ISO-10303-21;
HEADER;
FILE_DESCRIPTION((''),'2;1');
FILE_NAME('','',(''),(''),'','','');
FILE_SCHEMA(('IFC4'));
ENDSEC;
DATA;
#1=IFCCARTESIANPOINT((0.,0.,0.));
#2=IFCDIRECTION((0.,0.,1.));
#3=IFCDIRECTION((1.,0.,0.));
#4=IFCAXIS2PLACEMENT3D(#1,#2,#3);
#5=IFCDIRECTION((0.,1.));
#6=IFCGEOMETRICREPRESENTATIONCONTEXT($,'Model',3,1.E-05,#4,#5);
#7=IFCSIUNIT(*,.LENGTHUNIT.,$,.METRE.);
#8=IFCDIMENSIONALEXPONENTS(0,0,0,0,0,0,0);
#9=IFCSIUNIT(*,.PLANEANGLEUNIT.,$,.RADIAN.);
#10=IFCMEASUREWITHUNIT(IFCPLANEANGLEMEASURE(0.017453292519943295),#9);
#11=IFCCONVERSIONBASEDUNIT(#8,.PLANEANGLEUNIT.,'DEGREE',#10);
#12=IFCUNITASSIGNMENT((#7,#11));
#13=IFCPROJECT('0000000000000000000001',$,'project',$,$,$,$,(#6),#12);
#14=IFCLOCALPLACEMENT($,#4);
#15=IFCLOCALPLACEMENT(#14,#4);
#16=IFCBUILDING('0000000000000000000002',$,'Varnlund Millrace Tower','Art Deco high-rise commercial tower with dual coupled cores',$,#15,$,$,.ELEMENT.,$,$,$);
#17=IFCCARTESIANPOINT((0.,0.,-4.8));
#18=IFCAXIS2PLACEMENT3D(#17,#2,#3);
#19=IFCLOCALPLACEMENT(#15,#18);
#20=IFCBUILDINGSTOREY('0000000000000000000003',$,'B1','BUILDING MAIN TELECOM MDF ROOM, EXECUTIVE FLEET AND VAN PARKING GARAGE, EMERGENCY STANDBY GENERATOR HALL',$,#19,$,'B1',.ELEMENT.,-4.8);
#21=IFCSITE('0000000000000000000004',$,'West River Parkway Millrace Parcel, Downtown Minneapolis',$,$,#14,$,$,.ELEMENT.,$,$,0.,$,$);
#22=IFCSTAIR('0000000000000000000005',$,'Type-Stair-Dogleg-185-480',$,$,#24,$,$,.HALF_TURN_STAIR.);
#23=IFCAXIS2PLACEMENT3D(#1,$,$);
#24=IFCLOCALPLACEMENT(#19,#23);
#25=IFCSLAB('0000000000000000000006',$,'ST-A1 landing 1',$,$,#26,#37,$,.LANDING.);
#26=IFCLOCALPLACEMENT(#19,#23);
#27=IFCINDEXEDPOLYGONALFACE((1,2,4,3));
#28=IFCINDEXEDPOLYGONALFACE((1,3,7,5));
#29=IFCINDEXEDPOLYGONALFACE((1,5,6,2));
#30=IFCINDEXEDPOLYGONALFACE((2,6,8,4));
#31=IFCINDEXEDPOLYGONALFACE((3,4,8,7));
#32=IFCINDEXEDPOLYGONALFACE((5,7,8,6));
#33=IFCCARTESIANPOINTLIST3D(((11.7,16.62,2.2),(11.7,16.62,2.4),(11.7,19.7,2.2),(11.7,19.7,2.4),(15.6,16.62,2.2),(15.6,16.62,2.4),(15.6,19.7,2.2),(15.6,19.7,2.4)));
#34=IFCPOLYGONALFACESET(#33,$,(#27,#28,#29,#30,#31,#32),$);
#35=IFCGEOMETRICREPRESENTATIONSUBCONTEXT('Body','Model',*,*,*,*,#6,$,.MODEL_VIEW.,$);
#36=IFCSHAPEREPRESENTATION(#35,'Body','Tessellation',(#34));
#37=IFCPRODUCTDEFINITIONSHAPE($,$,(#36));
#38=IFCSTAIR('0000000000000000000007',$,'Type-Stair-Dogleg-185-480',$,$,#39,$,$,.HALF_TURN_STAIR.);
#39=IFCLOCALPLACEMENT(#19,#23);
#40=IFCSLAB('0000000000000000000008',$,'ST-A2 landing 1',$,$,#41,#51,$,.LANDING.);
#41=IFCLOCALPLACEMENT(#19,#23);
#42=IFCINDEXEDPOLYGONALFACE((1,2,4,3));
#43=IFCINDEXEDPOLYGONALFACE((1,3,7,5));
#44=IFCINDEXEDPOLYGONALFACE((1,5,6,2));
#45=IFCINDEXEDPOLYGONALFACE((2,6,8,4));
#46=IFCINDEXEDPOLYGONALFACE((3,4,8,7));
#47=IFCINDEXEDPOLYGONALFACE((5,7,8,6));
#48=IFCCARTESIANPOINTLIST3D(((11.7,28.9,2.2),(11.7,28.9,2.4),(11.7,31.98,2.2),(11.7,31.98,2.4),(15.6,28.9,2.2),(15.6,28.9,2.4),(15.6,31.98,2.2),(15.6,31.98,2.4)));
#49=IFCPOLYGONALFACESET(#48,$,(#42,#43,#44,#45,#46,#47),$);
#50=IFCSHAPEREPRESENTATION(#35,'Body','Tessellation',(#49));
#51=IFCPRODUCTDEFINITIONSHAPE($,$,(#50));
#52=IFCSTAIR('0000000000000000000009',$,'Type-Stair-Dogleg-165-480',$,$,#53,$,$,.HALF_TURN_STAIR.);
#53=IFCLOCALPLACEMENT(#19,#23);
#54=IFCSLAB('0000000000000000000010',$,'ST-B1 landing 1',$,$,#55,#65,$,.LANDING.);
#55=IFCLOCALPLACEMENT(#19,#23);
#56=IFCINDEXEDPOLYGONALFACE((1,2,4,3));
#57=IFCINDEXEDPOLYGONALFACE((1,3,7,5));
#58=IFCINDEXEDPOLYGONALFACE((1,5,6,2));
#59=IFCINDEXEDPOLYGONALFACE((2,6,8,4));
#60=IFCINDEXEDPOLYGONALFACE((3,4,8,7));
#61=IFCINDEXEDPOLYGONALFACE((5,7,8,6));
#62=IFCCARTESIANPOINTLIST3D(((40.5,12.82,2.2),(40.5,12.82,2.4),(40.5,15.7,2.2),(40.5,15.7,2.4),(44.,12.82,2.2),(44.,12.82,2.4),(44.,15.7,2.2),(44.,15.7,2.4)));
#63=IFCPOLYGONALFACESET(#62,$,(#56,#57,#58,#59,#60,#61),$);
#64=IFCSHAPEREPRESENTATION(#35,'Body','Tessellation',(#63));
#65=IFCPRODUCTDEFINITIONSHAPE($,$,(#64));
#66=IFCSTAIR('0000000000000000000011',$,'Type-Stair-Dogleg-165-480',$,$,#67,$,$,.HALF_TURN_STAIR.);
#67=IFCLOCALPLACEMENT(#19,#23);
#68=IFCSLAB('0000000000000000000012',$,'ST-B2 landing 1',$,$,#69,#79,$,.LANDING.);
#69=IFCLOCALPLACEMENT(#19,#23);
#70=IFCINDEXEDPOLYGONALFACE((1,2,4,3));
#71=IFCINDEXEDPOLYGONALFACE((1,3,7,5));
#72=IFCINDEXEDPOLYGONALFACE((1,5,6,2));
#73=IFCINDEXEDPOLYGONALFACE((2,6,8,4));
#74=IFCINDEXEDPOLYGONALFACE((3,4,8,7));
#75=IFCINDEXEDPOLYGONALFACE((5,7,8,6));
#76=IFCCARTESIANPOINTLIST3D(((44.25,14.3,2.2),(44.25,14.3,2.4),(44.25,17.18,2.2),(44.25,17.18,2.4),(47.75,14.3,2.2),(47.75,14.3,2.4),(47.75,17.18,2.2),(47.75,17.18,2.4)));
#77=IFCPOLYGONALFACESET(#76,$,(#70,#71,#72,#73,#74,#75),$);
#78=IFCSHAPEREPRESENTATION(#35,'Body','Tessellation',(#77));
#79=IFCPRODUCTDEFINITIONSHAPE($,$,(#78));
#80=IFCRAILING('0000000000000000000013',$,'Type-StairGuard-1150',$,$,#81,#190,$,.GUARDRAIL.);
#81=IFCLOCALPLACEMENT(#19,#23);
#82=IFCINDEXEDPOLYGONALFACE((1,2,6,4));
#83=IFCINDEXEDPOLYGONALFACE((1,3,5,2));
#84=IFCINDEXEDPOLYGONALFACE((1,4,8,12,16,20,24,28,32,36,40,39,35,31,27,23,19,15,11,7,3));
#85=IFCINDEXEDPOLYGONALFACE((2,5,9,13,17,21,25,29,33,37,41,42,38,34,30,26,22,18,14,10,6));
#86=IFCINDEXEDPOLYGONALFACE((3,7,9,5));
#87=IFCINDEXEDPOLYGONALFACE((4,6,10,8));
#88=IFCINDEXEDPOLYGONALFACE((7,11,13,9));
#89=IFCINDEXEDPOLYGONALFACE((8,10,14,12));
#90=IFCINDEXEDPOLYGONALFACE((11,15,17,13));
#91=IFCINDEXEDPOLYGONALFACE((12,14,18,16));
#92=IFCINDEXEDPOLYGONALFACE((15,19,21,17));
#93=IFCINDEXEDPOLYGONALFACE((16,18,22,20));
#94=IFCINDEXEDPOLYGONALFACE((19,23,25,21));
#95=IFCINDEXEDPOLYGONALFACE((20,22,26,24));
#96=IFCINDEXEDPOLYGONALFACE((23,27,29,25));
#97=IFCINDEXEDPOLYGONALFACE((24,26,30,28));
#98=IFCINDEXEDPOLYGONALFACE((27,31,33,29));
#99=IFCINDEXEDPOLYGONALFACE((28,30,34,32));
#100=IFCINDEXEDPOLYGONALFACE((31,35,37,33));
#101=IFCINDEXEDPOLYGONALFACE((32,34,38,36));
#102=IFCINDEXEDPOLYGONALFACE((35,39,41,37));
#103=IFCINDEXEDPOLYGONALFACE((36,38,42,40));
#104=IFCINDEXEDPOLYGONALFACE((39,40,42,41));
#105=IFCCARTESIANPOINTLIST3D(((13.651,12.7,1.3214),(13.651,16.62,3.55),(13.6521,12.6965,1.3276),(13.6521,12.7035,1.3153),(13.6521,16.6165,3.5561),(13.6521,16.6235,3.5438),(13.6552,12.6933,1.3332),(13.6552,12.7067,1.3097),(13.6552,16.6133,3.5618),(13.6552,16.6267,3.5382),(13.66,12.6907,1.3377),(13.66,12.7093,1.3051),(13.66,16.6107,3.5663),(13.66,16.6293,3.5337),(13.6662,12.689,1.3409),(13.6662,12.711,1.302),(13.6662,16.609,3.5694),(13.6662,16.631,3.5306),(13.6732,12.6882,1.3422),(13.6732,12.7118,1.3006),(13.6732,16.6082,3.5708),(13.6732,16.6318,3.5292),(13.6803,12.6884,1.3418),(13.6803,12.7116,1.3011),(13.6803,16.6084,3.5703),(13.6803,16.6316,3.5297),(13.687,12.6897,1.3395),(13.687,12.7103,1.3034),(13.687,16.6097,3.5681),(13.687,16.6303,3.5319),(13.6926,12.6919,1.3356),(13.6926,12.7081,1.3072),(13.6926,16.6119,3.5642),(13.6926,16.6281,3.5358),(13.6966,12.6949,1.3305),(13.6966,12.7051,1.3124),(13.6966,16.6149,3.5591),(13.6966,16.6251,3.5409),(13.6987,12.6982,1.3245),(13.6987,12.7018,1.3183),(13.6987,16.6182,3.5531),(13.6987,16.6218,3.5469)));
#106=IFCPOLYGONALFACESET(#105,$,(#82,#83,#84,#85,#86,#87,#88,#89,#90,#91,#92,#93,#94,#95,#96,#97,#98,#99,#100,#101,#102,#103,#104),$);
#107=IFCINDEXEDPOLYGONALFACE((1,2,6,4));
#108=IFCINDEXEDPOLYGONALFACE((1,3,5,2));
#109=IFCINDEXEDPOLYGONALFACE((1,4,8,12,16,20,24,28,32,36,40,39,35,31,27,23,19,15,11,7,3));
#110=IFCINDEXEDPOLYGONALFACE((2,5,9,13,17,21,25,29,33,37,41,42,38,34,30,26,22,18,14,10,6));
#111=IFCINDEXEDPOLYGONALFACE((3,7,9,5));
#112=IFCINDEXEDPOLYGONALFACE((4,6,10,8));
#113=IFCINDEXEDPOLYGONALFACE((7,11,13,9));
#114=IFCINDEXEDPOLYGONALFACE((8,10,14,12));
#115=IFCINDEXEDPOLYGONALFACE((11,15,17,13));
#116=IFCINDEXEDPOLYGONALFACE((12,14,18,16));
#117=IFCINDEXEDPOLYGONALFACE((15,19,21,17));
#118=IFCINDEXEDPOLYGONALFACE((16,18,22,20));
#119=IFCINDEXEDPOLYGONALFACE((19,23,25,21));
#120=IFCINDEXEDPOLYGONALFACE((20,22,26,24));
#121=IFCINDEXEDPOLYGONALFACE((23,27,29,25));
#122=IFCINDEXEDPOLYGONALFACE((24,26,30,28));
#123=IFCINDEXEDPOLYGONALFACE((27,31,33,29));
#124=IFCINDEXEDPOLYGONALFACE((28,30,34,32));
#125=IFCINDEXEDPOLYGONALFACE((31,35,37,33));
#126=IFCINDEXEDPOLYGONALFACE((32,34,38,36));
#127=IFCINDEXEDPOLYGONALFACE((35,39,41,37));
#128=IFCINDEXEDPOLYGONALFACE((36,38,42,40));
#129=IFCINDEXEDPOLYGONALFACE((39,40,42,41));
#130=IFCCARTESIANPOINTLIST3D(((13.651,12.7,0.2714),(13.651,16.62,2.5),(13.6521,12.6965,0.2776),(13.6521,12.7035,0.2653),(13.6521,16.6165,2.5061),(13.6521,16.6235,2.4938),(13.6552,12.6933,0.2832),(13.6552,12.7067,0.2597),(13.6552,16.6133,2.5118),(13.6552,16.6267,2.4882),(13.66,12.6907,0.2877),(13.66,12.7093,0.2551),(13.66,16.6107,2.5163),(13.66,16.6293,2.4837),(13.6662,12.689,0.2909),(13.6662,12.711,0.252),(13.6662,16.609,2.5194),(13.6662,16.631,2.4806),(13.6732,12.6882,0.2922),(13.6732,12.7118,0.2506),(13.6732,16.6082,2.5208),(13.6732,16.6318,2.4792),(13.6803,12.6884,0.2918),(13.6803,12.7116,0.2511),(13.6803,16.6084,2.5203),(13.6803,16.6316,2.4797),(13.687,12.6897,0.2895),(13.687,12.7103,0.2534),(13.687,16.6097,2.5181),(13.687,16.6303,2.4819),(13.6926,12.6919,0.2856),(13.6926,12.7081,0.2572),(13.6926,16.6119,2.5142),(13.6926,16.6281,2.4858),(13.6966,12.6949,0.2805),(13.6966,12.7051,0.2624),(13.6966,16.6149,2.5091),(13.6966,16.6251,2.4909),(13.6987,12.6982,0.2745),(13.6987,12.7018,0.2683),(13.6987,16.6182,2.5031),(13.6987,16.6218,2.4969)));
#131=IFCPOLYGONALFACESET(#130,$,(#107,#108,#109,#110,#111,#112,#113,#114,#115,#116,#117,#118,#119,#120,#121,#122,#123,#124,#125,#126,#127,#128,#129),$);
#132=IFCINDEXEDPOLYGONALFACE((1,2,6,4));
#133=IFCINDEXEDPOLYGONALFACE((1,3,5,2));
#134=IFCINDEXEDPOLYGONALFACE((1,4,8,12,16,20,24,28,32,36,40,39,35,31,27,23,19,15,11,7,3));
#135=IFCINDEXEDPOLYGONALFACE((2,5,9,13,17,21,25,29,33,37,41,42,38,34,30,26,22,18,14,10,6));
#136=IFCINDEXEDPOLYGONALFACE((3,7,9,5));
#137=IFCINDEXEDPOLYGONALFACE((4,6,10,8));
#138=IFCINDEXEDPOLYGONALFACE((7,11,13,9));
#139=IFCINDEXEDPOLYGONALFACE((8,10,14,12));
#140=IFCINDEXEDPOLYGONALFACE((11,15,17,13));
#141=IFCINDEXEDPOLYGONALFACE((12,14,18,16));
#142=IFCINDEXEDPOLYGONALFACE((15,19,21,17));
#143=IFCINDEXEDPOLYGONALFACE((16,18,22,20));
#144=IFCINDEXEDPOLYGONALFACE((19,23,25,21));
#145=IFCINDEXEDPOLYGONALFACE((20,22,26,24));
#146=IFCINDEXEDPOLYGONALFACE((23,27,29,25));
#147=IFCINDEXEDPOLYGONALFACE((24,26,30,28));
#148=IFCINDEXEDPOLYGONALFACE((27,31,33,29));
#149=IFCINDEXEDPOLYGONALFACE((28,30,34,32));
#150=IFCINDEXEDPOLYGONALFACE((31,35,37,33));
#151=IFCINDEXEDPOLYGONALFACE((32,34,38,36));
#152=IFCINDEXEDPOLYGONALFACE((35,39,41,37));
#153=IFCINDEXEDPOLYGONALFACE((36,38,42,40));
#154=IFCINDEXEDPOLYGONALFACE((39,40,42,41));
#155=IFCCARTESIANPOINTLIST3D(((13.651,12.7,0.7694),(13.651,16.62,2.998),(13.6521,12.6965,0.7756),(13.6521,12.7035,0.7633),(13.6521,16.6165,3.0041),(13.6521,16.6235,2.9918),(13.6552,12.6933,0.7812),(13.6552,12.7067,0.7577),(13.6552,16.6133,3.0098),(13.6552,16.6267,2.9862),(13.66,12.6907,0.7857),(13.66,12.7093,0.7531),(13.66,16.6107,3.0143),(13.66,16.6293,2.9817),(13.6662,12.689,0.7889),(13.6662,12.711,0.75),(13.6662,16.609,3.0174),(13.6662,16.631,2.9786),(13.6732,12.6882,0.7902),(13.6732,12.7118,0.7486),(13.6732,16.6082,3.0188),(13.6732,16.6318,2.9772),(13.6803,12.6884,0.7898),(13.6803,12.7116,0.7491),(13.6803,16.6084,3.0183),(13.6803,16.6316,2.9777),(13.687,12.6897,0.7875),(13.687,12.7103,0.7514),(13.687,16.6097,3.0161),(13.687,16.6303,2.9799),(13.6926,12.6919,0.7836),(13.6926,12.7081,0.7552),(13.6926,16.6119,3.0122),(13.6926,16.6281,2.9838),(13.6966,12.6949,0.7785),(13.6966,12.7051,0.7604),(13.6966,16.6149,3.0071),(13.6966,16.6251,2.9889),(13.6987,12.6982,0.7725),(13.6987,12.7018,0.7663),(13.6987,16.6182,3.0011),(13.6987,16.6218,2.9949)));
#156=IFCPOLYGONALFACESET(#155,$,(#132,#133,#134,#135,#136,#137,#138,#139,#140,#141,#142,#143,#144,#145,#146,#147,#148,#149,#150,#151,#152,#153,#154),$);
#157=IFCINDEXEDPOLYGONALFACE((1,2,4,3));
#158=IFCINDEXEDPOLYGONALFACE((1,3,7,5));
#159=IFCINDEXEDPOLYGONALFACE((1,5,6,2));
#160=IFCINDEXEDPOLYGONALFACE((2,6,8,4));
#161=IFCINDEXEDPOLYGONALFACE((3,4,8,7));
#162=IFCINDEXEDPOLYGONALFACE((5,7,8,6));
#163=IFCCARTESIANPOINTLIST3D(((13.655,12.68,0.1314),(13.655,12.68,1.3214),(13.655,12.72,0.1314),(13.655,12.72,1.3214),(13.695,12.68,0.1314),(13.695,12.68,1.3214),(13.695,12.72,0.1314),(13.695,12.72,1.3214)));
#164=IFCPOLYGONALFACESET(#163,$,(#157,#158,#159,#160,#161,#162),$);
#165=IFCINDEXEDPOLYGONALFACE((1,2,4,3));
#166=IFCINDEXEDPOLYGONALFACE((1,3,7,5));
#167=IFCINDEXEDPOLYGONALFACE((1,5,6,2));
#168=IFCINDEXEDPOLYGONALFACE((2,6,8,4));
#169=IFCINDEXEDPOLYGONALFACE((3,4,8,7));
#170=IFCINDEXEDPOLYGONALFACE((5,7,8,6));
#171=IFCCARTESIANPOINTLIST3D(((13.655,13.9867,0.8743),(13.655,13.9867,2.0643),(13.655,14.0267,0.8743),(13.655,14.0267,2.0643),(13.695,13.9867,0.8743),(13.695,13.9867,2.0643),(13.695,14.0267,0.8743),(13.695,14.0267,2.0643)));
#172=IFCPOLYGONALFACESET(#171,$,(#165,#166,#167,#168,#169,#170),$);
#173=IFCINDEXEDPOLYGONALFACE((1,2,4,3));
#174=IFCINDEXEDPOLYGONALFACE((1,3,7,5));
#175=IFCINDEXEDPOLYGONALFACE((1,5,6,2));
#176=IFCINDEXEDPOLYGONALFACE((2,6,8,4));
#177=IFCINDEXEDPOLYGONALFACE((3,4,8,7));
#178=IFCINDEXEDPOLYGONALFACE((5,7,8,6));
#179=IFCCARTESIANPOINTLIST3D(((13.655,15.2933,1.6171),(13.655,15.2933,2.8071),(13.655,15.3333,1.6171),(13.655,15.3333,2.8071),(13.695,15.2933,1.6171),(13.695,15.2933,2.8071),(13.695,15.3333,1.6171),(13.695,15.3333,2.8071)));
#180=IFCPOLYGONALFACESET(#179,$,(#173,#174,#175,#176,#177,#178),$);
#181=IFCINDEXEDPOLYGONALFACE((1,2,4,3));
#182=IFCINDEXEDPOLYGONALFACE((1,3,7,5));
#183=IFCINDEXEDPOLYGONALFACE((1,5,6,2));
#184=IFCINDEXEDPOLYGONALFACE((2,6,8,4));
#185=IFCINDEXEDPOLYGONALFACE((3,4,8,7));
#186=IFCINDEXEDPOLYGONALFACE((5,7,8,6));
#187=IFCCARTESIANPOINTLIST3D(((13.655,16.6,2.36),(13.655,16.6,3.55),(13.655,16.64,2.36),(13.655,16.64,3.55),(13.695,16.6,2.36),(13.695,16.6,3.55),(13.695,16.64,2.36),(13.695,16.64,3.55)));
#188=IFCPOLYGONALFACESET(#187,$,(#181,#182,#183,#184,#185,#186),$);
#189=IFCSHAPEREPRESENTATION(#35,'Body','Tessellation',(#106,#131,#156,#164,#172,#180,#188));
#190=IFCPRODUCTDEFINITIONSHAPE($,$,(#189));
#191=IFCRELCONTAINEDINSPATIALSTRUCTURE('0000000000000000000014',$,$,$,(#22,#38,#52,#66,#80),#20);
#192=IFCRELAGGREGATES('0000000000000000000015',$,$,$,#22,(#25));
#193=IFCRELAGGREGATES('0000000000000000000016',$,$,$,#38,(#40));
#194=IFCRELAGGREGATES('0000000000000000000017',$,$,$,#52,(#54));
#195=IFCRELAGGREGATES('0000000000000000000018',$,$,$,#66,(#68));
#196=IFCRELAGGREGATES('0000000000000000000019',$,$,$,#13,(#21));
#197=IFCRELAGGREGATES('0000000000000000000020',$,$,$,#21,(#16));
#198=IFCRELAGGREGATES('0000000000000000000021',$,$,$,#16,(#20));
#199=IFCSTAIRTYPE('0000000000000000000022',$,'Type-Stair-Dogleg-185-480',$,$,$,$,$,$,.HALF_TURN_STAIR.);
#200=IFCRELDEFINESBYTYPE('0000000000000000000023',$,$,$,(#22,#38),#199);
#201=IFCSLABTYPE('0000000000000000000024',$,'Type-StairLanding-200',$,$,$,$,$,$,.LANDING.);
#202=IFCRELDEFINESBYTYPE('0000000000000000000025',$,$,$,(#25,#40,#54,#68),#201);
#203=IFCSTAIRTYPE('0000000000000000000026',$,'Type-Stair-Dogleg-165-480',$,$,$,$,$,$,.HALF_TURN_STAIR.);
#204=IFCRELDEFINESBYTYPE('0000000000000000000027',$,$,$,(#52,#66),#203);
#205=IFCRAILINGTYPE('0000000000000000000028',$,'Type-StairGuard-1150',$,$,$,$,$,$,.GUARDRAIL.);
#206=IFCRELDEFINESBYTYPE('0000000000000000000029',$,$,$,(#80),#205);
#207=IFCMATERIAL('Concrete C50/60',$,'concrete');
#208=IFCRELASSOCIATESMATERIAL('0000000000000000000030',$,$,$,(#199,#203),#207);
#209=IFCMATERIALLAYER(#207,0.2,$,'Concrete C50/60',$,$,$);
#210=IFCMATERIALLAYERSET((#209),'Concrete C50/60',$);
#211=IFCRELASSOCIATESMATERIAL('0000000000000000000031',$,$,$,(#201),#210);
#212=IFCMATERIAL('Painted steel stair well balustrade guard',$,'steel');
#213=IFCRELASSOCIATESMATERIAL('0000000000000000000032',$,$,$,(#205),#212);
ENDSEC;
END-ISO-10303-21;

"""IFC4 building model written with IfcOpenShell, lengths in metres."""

from ifc_helpers import new_model, entity, si_unit, converted_unit, direction, frame, origin_with_axes, origin_2d_with_axis, place, context, subcontext, project, spatial, polyline, rectangle, circle, outline, extrude, material, layer, layer_set, type_object, element, aggregate, save


model = new_model("IFC4")

# Units and contexts
model_context = context("Model", 3, precision=1e-05, world=origin_with_axes(), true_north=direction((0.0, 1.0)))
body_context = subcontext(model_context, "Body", "Model", "MODEL_VIEW")
ifc_project = project(units=[si_unit("LENGTHUNIT", "METRE"), converted_unit("PLANEANGLEUNIT", "DEGREE", entity("IfcPlaneAngleMeasure", 0.017453292519943295), si_unit("PLANEANGLEUNIT", "RADIAN"), dimensions=[0, 0, 0, 0, 0, 0, 0])], contexts=[model_context])

# Site, building, storey
site_placement = place(None, origin_with_axes())
site = spatial("IfcSite", under=ifc_project, at=site_placement, Name="West River Parkway Millrace Parcel, Downtown Minneapolis", CompositionType="ELEMENT", RefElevation=0.0)
building_placement = place(site_placement, origin_with_axes())
building = spatial("IfcBuilding", under=site, at=building_placement, Name="Varnlund Millrace Tower", Description="Art Deco high-rise commercial tower with dual coupled cores", CompositionType="ELEMENT")
storey_placement = place(building_placement, frame((0.0, 0.0, -4.8), z_axis=(0.0, 0.0, 1.0), x_axis=(1.0, 0.0, 0.0)))
storey = spatial("IfcBuildingStorey", under=building, at=storey_placement, Name="B1", Description="BUILDING MAIN TELECOM MDF ROOM, EXECUTIVE FLEET AND VAN PARKING GARAGE, EMERGENCY STANDBY GENERATOR HALL", LongName="B1", CompositionType="ELEMENT", Elevation=-4.8)

# Stairs, slabs
ifc_material_1 = material(Name="Concrete C50/60", Category="concrete")
stair_type_1 = type_object("IfcStairType", Name="Type-Stair-Dogleg-185-480", PredefinedType="HALF_TURN_STAIR", material=ifc_material_1)
stair_1_placement = place(storey_placement, origin_with_axes())
stair_1 = element("IfcStair", 1, at=stair_1_placement, inside=storey, type_object=stair_type_1, Name="Type-Stair-Dogleg-185-480", PredefinedType="HALF_TURN_STAIR")
ifc_layer = layer(ifc_material_1, 0.2, Name="Concrete C50/60")
ifc_layer_set = layer_set([ifc_layer], Name="Concrete C50/60")
slab_type = type_object("IfcSlabType", Name="Type-StairLanding-200", PredefinedType="LANDING", material=ifc_layer_set)
slab_1_placement = place(storey_placement, frame((0.0, 0.0, 2.2), z_axis=(0.0, 0.0, 1.0), x_axis=(1.0, 0.0, 0.0)))
slab_1 = element("IfcSlab", 2, at=slab_1_placement, type_object=slab_type, Name="ST-A1 landing 1", PredefinedType="LANDING", context=body_context, shape_type="SweptSolid", body=[
    extrude(outline(polyline([(15.6, 16.62), (15.6, 19.7), (11.7, 19.7), (11.7, 16.62), (15.6, 16.62)])), origin_with_axes(), (0.0, 0.0, 1.0), 0.2),
])
aggregate(stair_1, [slab_1])
stair_2_placement = place(storey_placement, origin_with_axes())
stair_2 = element("IfcStair", 3, at=stair_2_placement, inside=storey, type_object=stair_type_1, Name="Type-Stair-Dogleg-185-480", PredefinedType="HALF_TURN_STAIR")
slab_2_placement = place(storey_placement, frame((0.0, 0.0, 2.2), z_axis=(0.0, 0.0, 1.0), x_axis=(1.0, 0.0, 0.0)))
slab_2 = element("IfcSlab", 4, at=slab_2_placement, type_object=slab_type, Name="ST-A2 landing 1", PredefinedType="LANDING", context=body_context, shape_type="SweptSolid", body=[
    extrude(outline(polyline([(11.7, 31.98), (11.7, 28.9), (15.6, 28.9), (15.6, 31.98), (11.7, 31.98)])), origin_with_axes(), (0.0, 0.0, 1.0), 0.2),
])
aggregate(stair_2, [slab_2])
stair_type_2 = type_object("IfcStairType", Name="Type-Stair-Dogleg-165-480", PredefinedType="HALF_TURN_STAIR", material=ifc_material_1)
stair_3_placement = place(storey_placement, origin_with_axes())
stair_3 = element("IfcStair", 5, at=stair_3_placement, inside=storey, type_object=stair_type_2, Name="Type-Stair-Dogleg-165-480", PredefinedType="HALF_TURN_STAIR")
slab_3_placement = place(storey_placement, frame((0.0, 0.0, 2.2), z_axis=(0.0, 0.0, 1.0), x_axis=(1.0, 0.0, 0.0)))
slab_3 = element("IfcSlab", 6, at=slab_3_placement, type_object=slab_type, Name="ST-B1 landing 1", PredefinedType="LANDING", context=body_context, shape_type="SweptSolid", body=[
    extrude(outline(polyline([(44.0, 12.82), (44.0, 15.7), (40.5, 15.7), (40.5, 12.82), (44.0, 12.82)])), origin_with_axes(), (0.0, 0.0, 1.0), 0.2),
])
aggregate(stair_3, [slab_3])
stair_4_placement = place(storey_placement, origin_with_axes())
stair_4 = element("IfcStair", 7, at=stair_4_placement, inside=storey, type_object=stair_type_2, Name="Type-Stair-Dogleg-165-480", PredefinedType="HALF_TURN_STAIR")
slab_4_placement = place(storey_placement, frame((0.0, 0.0, 2.2), z_axis=(0.0, 0.0, 1.0), x_axis=(1.0, 0.0, 0.0)))
slab_4 = element("IfcSlab", 8, at=slab_4_placement, type_object=slab_type, Name="ST-B2 landing 1", PredefinedType="LANDING", context=body_context, shape_type="SweptSolid", body=[
    extrude(outline(polyline([(44.25, 17.18), (44.25, 14.3), (47.75, 14.3), (47.75, 17.18), (44.25, 17.18)])), origin_with_axes(), (0.0, 0.0, 1.0), 0.2),
])
aggregate(stair_4, [slab_4])

# Railing
ifc_material_2 = material(Name="Painted steel stair well balustrade guard", Category="steel")
railing_type_1 = type_object("IfcRailingType", Name="Type-StairGuard-1150", PredefinedType="GUARDRAIL", material=ifc_material_2)
railing_1_placement = place(storey_placement, frame((0.0, 0.0, 4.8), z_axis=(0.0, 0.0, 1.0), x_axis=(1.0, 0.0, 0.0)))
element("IfcRailing", 9, at=railing_1_placement, inside=storey, type_object=railing_type_1, Name="Type-StairGuard-1150", PredefinedType="GUARDRAIL", context=body_context, shape_type="SweptSolid", body=[
    extrude(circle(Radius=0.024, at=origin_2d_with_axis()), frame((13.675, 12.7, -3.4786), z_axis=(0.0, 0.869333, 0.494227), x_axis=(-1.0, 0.0, 0.0)), (0.0, 0.0, 1.0), 4.5092),
    extrude(circle(Radius=0.024, at=origin_2d_with_axis()), frame((13.675, 12.7, -4.5286), z_axis=(0.0, 0.869333, 0.494227), x_axis=(-1.0, 0.0, 0.0)), (0.0, 0.0, 1.0), 4.5092),
    extrude(circle(Radius=0.024, at=origin_2d_with_axis()), frame((13.675, 12.7, -4.0306), z_axis=(0.0, 0.869333, 0.494227), x_axis=(-1.0, 0.0, 0.0)), (0.0, 0.0, 1.0), 4.5092),
    extrude(rectangle(XDim=0.04, YDim=0.04, at=origin_2d_with_axis()), frame((13.675, 12.7, -4.6686), z_axis=(0.0, 0.0, 1.0), x_axis=(1.0, 0.0, 0.0)), (0.0, 0.0, 1.0), 1.19),
    extrude(rectangle(XDim=0.04, YDim=0.04, at=origin_2d_with_axis()), frame((13.675, 14.0067, -3.9257), z_axis=(0.0, 0.0, 1.0), x_axis=(1.0, 0.0, 0.0)), (0.0, 0.0, 1.0), 1.19),
    extrude(rectangle(XDim=0.04, YDim=0.04, at=origin_2d_with_axis()), frame((13.675, 15.3133, -3.1829), z_axis=(0.0, 0.0, 1.0), x_axis=(1.0, 0.0, 0.0)), (0.0, 0.0, 1.0), 1.19),
    extrude(rectangle(XDim=0.04, YDim=0.04, at=origin_2d_with_axis()), frame((13.675, 16.62, -2.44), z_axis=(0.0, 0.0, 1.0), x_axis=(1.0, 0.0, 0.0)), (0.0, 0.0, 1.0), 1.19),
])

save(model, "model.ifc")
